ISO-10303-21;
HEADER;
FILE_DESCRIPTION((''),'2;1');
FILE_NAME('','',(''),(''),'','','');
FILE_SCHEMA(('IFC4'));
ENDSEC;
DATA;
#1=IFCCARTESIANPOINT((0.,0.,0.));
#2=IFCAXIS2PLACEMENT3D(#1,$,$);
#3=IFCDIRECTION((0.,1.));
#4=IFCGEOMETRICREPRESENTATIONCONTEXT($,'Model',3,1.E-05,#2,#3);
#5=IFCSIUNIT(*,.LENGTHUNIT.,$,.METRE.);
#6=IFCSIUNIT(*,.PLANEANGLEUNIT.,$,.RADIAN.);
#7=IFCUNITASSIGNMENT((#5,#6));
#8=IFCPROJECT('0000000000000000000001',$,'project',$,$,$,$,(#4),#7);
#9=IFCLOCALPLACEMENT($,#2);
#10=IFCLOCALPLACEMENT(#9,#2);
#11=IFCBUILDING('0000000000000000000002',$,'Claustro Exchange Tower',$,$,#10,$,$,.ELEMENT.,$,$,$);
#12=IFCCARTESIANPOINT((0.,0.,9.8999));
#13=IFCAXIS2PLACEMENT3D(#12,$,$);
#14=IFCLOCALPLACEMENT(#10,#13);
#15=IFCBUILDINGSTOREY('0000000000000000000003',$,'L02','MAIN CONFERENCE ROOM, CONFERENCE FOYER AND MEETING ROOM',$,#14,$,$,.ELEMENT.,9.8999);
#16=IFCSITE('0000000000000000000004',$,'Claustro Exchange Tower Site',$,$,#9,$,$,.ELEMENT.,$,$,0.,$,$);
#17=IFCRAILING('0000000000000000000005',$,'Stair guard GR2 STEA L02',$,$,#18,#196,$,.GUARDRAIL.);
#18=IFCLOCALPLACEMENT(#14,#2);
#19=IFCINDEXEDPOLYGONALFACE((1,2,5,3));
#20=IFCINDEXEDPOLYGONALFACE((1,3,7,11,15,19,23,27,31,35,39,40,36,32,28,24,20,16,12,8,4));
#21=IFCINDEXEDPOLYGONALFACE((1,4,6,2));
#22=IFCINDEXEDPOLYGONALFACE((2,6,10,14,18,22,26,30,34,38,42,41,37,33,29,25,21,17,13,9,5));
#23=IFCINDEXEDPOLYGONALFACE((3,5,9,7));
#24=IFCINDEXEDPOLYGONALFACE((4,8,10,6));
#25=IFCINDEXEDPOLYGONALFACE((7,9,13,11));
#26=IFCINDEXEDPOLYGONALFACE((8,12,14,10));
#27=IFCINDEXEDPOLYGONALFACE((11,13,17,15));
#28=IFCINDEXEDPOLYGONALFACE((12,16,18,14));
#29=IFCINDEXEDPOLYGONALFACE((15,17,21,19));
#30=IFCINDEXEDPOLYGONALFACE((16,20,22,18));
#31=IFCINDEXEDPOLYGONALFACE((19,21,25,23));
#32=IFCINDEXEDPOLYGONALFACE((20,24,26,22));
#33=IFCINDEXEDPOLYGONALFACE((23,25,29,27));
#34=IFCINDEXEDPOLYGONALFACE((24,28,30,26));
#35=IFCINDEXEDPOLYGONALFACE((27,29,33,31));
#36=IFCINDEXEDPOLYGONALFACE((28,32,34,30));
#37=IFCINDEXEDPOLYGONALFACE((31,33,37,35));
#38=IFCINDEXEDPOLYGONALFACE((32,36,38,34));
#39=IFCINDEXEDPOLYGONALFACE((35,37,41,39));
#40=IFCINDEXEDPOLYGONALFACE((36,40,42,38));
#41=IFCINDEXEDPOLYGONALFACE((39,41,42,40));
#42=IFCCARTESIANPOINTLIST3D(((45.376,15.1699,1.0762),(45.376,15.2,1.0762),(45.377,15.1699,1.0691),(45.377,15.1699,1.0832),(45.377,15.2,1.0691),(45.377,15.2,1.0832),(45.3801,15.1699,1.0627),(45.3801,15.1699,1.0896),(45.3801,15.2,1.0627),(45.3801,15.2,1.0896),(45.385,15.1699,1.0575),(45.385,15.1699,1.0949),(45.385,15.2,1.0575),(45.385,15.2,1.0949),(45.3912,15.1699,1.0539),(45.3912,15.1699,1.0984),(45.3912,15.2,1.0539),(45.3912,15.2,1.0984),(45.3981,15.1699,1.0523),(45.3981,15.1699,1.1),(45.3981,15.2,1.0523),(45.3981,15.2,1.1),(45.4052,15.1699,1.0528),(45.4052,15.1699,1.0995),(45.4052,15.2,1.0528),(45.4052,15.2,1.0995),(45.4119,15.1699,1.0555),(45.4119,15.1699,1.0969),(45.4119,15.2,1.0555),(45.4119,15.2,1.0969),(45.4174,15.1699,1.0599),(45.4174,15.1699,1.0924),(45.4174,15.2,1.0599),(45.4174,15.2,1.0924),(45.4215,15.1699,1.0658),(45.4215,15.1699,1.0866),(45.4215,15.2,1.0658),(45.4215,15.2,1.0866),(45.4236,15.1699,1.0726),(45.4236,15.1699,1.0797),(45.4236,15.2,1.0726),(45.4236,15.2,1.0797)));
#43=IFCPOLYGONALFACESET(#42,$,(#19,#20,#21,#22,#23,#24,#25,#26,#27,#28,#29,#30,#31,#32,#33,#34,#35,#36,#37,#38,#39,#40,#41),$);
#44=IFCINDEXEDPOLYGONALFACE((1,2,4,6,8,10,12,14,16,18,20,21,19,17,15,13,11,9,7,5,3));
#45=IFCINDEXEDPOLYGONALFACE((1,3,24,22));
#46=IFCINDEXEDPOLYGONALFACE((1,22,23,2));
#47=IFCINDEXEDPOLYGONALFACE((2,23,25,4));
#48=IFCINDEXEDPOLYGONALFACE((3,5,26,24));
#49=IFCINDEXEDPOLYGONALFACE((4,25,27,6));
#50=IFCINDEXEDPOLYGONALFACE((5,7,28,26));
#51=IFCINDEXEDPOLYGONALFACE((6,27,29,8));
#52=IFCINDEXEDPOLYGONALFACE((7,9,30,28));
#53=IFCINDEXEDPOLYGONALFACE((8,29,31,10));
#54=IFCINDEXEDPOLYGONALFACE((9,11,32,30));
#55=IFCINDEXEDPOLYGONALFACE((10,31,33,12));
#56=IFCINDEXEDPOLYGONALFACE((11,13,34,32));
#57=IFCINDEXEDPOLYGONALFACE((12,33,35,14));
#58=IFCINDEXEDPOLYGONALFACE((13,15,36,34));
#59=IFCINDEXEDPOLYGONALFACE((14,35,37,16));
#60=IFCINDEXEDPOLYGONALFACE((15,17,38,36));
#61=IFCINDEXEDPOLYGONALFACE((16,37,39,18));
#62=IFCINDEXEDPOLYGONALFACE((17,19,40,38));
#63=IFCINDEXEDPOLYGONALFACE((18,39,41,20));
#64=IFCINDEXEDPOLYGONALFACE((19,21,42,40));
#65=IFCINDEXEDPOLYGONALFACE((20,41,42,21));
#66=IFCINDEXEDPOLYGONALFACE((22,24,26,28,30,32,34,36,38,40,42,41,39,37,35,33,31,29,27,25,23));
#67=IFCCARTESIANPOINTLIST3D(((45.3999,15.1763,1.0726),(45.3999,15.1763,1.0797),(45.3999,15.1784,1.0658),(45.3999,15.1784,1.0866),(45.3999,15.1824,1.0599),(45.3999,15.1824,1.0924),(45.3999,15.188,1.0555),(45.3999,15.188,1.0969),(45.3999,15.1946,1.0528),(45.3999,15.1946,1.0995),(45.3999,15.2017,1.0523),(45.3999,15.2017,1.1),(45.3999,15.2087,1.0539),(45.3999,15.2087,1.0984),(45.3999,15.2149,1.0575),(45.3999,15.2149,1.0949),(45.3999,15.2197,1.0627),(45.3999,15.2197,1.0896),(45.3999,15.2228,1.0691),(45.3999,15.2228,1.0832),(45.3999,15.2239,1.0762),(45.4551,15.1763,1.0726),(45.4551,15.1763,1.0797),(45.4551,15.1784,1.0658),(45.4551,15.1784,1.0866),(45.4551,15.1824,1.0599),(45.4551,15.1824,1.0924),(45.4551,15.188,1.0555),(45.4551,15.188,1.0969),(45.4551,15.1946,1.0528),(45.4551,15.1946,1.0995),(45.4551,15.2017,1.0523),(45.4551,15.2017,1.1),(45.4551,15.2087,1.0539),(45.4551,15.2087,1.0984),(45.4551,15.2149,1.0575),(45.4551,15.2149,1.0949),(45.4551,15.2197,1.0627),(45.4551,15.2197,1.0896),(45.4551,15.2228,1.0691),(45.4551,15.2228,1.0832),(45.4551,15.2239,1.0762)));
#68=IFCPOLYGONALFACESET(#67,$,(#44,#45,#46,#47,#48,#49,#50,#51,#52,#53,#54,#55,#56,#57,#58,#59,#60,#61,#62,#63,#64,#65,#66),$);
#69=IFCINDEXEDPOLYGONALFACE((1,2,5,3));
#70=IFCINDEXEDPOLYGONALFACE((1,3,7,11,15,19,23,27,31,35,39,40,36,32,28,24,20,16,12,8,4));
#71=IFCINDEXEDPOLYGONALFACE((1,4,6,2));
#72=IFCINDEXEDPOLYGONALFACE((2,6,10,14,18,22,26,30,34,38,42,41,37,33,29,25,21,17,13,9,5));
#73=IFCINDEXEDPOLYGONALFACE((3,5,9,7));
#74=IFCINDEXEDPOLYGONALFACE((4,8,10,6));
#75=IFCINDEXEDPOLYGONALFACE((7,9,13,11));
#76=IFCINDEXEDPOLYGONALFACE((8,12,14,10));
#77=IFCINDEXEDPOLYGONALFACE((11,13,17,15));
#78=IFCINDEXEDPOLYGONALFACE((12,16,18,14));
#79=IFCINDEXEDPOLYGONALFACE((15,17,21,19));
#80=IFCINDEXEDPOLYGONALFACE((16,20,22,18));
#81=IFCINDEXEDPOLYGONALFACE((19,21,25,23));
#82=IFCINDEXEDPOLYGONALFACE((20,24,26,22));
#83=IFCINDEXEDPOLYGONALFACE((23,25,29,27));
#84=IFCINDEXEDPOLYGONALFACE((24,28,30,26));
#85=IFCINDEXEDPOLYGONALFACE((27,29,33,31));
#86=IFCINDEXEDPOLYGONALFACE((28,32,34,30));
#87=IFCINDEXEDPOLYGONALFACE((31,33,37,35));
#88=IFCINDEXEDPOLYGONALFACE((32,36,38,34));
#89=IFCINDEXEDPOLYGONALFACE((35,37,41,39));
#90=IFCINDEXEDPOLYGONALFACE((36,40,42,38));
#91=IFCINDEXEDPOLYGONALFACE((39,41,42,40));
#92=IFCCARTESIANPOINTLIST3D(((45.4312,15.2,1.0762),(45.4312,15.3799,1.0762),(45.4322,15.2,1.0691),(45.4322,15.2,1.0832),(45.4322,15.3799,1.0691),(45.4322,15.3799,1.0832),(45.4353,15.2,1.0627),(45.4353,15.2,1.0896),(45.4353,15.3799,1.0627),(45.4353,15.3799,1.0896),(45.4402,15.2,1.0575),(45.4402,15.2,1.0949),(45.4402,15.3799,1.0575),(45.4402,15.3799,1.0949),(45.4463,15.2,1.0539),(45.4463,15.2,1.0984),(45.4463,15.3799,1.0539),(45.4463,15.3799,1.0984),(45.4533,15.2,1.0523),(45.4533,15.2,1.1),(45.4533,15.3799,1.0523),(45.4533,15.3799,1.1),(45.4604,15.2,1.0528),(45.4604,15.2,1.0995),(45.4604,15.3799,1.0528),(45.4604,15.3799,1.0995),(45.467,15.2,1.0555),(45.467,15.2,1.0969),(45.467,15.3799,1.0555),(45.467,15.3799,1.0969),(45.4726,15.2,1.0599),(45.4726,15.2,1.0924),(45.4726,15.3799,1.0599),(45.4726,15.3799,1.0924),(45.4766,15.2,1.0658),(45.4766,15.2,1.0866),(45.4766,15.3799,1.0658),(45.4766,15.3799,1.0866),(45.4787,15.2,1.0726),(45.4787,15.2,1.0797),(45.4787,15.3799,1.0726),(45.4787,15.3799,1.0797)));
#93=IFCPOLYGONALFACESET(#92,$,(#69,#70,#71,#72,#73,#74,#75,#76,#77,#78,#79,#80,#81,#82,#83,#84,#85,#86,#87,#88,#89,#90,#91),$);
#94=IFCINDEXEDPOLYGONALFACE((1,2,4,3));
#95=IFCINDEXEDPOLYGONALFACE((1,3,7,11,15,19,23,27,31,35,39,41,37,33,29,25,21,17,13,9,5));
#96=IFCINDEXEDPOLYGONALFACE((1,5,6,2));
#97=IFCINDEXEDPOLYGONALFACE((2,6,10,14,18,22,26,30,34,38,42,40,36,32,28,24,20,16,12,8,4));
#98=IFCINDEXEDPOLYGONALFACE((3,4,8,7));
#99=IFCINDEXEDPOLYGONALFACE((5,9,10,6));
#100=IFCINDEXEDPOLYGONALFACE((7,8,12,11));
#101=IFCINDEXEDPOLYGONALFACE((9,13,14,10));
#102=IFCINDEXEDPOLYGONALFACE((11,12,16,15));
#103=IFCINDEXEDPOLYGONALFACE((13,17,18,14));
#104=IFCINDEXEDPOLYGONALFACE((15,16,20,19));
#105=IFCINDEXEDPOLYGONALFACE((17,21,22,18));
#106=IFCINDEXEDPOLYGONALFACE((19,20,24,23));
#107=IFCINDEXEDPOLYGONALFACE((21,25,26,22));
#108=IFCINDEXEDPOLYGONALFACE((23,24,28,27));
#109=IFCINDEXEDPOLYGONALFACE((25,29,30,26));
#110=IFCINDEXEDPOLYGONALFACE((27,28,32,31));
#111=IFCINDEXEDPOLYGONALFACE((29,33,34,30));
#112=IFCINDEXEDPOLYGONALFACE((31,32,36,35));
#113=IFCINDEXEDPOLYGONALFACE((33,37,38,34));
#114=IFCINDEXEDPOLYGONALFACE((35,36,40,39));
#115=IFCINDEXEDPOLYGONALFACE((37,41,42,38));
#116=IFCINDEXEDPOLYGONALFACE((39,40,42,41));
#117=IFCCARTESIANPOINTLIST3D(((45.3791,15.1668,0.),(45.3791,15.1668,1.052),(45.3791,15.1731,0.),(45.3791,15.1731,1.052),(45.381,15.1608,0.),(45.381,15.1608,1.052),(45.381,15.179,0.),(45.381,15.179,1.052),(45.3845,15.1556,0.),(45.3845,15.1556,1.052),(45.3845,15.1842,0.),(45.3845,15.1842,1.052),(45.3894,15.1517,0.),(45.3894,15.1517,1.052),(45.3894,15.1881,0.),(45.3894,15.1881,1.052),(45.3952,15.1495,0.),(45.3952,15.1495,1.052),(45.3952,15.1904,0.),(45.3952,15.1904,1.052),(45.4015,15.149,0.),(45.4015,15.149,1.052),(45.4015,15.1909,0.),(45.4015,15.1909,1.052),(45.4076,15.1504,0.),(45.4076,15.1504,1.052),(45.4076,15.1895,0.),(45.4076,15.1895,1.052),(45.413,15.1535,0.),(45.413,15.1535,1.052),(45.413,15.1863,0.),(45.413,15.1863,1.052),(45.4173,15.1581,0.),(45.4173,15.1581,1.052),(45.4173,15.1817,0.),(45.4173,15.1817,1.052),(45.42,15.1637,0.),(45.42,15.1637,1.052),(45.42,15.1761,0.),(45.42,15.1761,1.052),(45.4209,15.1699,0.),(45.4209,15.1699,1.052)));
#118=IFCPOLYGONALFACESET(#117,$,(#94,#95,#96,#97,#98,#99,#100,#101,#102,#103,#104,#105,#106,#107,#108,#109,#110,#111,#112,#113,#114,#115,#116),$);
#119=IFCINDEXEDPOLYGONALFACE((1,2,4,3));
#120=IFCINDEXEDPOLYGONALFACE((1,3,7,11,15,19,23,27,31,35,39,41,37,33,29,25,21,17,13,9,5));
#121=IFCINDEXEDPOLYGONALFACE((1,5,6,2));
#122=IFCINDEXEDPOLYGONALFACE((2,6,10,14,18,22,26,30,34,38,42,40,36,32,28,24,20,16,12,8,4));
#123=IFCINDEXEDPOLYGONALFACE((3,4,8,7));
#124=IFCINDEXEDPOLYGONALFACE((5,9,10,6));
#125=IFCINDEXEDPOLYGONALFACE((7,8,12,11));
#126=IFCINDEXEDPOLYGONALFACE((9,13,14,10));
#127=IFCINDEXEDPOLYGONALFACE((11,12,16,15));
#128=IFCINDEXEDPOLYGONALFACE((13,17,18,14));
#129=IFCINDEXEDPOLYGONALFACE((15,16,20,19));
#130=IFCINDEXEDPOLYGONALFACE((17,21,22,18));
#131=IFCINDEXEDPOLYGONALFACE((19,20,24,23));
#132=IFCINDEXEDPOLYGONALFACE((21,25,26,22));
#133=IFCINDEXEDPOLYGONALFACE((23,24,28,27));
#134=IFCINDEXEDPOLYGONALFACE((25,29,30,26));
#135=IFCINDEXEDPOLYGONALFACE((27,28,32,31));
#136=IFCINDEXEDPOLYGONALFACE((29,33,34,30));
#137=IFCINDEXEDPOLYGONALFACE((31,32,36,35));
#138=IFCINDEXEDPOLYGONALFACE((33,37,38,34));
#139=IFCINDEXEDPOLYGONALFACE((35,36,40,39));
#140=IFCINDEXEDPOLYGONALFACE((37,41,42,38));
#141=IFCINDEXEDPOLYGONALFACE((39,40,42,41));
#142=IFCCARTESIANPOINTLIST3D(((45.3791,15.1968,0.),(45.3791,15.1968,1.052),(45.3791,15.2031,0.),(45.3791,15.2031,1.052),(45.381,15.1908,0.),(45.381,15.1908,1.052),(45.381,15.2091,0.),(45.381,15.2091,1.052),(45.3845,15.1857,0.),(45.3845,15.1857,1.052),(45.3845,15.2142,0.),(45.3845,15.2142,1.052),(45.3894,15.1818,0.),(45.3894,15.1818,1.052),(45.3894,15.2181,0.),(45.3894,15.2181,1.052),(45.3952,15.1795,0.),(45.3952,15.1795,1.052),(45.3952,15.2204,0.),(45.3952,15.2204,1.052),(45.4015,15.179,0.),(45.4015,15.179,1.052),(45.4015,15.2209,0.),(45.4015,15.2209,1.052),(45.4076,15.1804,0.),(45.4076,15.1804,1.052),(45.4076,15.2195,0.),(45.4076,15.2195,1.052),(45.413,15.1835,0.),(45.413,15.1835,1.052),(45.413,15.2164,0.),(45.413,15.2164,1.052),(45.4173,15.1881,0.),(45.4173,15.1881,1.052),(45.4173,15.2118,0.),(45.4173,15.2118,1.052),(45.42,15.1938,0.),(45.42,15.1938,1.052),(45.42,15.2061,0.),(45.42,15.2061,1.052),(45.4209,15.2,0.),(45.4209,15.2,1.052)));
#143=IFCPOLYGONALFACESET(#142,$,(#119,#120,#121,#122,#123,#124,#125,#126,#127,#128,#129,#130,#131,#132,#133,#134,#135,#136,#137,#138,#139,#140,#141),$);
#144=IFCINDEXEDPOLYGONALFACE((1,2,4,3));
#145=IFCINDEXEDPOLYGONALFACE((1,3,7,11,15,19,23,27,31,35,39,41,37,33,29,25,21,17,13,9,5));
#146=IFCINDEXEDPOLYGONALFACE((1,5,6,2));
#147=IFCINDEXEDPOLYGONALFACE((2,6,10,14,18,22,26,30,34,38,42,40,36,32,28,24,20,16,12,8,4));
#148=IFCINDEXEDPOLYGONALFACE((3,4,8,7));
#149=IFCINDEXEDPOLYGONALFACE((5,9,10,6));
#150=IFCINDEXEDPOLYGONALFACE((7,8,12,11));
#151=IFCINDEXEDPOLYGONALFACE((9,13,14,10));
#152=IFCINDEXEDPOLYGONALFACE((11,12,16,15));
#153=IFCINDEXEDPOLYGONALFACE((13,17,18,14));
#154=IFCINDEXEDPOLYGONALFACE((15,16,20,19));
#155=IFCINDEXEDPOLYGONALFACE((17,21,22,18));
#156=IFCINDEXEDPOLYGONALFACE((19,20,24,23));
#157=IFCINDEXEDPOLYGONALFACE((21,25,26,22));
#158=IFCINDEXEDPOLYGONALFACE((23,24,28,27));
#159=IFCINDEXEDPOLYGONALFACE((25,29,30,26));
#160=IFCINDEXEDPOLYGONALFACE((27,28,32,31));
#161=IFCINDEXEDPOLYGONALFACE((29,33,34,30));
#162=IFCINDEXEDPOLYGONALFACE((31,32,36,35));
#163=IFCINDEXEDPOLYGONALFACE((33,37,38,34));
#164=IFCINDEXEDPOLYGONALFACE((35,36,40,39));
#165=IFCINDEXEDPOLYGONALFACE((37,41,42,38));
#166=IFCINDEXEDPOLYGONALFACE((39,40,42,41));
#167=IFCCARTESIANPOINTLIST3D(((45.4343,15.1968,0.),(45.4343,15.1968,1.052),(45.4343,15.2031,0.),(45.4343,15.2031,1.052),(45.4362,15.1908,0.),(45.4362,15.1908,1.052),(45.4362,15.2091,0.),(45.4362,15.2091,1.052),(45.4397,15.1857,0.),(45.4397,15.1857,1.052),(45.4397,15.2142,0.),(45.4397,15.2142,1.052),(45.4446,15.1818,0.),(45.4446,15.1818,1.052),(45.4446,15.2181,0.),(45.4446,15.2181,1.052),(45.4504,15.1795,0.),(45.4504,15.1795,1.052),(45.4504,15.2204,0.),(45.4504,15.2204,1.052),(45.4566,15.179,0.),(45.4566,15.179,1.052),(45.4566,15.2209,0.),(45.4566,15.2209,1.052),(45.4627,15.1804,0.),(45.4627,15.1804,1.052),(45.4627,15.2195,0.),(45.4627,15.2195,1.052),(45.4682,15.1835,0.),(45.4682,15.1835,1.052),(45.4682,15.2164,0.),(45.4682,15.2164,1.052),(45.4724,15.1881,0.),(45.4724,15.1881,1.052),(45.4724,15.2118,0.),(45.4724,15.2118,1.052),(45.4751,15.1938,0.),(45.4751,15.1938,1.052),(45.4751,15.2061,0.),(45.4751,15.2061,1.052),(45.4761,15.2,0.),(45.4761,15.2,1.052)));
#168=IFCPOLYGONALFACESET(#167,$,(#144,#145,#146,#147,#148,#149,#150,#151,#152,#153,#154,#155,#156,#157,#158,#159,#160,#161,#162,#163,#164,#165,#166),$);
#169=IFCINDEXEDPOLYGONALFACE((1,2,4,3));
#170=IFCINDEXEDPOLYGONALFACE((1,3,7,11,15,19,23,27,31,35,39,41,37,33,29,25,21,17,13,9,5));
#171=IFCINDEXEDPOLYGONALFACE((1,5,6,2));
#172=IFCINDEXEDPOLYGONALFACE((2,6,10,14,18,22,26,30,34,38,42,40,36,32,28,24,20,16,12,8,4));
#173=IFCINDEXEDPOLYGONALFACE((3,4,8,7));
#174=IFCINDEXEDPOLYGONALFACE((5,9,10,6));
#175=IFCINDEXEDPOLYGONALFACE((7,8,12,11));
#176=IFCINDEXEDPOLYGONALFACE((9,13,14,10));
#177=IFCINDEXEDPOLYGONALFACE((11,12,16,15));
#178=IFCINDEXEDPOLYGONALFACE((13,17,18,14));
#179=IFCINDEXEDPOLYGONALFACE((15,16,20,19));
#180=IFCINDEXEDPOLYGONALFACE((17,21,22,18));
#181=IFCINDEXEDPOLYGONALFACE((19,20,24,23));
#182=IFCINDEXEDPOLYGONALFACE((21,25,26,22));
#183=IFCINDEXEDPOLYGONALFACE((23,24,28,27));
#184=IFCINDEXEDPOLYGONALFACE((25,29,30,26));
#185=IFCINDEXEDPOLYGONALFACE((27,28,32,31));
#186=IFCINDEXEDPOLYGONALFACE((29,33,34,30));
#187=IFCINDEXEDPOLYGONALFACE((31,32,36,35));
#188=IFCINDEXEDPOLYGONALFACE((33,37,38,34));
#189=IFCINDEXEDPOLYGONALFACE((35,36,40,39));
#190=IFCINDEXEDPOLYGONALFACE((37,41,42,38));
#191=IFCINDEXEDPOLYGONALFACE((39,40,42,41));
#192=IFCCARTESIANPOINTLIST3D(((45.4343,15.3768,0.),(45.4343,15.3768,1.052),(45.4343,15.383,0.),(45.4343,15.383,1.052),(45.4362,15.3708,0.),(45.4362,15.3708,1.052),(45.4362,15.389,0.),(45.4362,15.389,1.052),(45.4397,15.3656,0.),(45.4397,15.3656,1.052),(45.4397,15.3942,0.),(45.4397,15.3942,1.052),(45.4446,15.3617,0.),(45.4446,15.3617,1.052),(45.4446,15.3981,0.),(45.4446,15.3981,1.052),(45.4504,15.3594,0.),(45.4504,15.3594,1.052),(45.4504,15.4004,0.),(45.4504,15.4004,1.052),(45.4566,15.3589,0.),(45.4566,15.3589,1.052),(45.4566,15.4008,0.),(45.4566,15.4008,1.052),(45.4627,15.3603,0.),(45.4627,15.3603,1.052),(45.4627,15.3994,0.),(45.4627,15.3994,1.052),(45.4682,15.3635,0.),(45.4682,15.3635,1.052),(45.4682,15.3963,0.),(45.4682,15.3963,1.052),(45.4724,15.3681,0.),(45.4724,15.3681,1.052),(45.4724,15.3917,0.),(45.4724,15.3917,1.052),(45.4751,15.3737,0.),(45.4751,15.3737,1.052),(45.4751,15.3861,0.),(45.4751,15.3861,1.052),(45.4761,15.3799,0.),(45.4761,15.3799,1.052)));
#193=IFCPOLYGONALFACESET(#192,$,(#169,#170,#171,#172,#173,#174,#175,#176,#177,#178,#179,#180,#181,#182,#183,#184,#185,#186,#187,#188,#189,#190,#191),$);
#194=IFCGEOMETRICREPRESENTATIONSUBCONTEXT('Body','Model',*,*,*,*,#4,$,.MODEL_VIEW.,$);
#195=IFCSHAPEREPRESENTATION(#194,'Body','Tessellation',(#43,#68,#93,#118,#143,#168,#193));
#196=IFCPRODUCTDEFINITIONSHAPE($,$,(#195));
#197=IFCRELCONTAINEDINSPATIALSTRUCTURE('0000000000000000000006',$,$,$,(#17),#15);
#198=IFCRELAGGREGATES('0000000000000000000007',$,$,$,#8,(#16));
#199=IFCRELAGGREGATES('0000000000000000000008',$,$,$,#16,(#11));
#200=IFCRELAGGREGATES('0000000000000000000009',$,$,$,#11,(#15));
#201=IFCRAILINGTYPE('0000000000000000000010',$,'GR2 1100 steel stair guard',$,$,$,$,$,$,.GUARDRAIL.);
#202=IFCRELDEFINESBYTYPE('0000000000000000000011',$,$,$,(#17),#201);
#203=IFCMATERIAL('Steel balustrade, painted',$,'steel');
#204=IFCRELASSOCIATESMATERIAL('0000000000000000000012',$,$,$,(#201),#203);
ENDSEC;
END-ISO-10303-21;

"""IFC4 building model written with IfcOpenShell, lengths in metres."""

from ifc_helpers import new_model, si_unit, direction, frame, origin, origin_2d, place, context, subcontext, project, spatial, circle, extrude, material, type_object, element, save


model = new_model("IFC4")

# Units and contexts
model_context = context("Model", 3, precision=1e-05, world=origin(), true_north=direction((0.0, 1.0)))
body_context = subcontext(model_context, "Body", "Model", "MODEL_VIEW")
ifc_project = project(units=[si_unit("LENGTHUNIT", "METRE"), si_unit("PLANEANGLEUNIT", "RADIAN")], contexts=[model_context])

# Site, building, storey
site_placement = place(None, origin())
site = spatial("IfcSite", under=ifc_project, at=site_placement, Name="Claustro Exchange Tower Site", CompositionType="ELEMENT", RefElevation=0.0)
building_placement = place(site_placement, origin())
building = spatial("IfcBuilding", under=site, at=building_placement, Name="Claustro Exchange Tower", CompositionType="ELEMENT")
storey_placement = place(building_placement, frame((0.0, 0.0, 9.8999)))
storey = spatial("IfcBuildingStorey", under=building, at=storey_placement, Name="L02", Description="MAIN CONFERENCE ROOM, CONFERENCE FOYER AND MEETING ROOM", CompositionType="ELEMENT", Elevation=9.8999)

# Railing
ifc_material_1 = material(Name="Steel balustrade, painted", Category="steel")
railing_type_1 = type_object("IfcRailingType", Name="GR2 1100 steel stair guard", PredefinedType="GUARDRAIL", material=ifc_material_1)
railing_1_placement = place(storey_placement, frame((45.3999, 15.1699, 0.0)))
element("IfcRailing", 1, at=railing_1_placement, inside=storey, type_object=railing_type_1, Name="Stair guard GR2 STEA L02", PredefinedType="GUARDRAIL", context=body_context, shape_type="SweptSolid", body=[
    extrude(circle(Radius=0.0239, at=origin_2d()), frame((0.0, 0.0, 1.0762), z_axis=(0.0, 1.0, 0.0), x_axis=(-1.0, 0.0, 0.0)), (0.0, 0.0, 1.0), 0.03),
    extrude(circle(Radius=0.0239, at=origin_2d()), frame((0.0, 0.03, 1.0762), z_axis=(1.0, 0.0, 0.0), x_axis=(0.0, 1.0, 0.0)), (0.0, 0.0, 1.0), 0.0552),
    extrude(circle(Radius=0.0239, at=origin_2d()), frame((0.0552, 0.03, 1.0762), z_axis=(0.0, 1.0, 0.0), x_axis=(-1.0, 0.0, 0.0)), (0.0, 0.0, 1.0), 0.1799),
    extrude(circle(Radius=0.021, at=origin_2d()), origin(), (0.0, 0.0, 1.0), 1.052),
    extrude(circle(Radius=0.021, at=origin_2d()), frame((0.0, 0.03, 0.0)), (0.0, 0.0, 1.0), 1.052),
    extrude(circle(Radius=0.021, at=origin_2d()), frame((0.0552, 0.03, 0.0)), (0.0, 0.0, 1.0), 1.052),
    extrude(circle(Radius=0.021, at=origin_2d()), frame((0.0552, 0.21, 0.0)), (0.0, 0.0, 1.0), 1.052),
])

save(model, "model.ifc")
